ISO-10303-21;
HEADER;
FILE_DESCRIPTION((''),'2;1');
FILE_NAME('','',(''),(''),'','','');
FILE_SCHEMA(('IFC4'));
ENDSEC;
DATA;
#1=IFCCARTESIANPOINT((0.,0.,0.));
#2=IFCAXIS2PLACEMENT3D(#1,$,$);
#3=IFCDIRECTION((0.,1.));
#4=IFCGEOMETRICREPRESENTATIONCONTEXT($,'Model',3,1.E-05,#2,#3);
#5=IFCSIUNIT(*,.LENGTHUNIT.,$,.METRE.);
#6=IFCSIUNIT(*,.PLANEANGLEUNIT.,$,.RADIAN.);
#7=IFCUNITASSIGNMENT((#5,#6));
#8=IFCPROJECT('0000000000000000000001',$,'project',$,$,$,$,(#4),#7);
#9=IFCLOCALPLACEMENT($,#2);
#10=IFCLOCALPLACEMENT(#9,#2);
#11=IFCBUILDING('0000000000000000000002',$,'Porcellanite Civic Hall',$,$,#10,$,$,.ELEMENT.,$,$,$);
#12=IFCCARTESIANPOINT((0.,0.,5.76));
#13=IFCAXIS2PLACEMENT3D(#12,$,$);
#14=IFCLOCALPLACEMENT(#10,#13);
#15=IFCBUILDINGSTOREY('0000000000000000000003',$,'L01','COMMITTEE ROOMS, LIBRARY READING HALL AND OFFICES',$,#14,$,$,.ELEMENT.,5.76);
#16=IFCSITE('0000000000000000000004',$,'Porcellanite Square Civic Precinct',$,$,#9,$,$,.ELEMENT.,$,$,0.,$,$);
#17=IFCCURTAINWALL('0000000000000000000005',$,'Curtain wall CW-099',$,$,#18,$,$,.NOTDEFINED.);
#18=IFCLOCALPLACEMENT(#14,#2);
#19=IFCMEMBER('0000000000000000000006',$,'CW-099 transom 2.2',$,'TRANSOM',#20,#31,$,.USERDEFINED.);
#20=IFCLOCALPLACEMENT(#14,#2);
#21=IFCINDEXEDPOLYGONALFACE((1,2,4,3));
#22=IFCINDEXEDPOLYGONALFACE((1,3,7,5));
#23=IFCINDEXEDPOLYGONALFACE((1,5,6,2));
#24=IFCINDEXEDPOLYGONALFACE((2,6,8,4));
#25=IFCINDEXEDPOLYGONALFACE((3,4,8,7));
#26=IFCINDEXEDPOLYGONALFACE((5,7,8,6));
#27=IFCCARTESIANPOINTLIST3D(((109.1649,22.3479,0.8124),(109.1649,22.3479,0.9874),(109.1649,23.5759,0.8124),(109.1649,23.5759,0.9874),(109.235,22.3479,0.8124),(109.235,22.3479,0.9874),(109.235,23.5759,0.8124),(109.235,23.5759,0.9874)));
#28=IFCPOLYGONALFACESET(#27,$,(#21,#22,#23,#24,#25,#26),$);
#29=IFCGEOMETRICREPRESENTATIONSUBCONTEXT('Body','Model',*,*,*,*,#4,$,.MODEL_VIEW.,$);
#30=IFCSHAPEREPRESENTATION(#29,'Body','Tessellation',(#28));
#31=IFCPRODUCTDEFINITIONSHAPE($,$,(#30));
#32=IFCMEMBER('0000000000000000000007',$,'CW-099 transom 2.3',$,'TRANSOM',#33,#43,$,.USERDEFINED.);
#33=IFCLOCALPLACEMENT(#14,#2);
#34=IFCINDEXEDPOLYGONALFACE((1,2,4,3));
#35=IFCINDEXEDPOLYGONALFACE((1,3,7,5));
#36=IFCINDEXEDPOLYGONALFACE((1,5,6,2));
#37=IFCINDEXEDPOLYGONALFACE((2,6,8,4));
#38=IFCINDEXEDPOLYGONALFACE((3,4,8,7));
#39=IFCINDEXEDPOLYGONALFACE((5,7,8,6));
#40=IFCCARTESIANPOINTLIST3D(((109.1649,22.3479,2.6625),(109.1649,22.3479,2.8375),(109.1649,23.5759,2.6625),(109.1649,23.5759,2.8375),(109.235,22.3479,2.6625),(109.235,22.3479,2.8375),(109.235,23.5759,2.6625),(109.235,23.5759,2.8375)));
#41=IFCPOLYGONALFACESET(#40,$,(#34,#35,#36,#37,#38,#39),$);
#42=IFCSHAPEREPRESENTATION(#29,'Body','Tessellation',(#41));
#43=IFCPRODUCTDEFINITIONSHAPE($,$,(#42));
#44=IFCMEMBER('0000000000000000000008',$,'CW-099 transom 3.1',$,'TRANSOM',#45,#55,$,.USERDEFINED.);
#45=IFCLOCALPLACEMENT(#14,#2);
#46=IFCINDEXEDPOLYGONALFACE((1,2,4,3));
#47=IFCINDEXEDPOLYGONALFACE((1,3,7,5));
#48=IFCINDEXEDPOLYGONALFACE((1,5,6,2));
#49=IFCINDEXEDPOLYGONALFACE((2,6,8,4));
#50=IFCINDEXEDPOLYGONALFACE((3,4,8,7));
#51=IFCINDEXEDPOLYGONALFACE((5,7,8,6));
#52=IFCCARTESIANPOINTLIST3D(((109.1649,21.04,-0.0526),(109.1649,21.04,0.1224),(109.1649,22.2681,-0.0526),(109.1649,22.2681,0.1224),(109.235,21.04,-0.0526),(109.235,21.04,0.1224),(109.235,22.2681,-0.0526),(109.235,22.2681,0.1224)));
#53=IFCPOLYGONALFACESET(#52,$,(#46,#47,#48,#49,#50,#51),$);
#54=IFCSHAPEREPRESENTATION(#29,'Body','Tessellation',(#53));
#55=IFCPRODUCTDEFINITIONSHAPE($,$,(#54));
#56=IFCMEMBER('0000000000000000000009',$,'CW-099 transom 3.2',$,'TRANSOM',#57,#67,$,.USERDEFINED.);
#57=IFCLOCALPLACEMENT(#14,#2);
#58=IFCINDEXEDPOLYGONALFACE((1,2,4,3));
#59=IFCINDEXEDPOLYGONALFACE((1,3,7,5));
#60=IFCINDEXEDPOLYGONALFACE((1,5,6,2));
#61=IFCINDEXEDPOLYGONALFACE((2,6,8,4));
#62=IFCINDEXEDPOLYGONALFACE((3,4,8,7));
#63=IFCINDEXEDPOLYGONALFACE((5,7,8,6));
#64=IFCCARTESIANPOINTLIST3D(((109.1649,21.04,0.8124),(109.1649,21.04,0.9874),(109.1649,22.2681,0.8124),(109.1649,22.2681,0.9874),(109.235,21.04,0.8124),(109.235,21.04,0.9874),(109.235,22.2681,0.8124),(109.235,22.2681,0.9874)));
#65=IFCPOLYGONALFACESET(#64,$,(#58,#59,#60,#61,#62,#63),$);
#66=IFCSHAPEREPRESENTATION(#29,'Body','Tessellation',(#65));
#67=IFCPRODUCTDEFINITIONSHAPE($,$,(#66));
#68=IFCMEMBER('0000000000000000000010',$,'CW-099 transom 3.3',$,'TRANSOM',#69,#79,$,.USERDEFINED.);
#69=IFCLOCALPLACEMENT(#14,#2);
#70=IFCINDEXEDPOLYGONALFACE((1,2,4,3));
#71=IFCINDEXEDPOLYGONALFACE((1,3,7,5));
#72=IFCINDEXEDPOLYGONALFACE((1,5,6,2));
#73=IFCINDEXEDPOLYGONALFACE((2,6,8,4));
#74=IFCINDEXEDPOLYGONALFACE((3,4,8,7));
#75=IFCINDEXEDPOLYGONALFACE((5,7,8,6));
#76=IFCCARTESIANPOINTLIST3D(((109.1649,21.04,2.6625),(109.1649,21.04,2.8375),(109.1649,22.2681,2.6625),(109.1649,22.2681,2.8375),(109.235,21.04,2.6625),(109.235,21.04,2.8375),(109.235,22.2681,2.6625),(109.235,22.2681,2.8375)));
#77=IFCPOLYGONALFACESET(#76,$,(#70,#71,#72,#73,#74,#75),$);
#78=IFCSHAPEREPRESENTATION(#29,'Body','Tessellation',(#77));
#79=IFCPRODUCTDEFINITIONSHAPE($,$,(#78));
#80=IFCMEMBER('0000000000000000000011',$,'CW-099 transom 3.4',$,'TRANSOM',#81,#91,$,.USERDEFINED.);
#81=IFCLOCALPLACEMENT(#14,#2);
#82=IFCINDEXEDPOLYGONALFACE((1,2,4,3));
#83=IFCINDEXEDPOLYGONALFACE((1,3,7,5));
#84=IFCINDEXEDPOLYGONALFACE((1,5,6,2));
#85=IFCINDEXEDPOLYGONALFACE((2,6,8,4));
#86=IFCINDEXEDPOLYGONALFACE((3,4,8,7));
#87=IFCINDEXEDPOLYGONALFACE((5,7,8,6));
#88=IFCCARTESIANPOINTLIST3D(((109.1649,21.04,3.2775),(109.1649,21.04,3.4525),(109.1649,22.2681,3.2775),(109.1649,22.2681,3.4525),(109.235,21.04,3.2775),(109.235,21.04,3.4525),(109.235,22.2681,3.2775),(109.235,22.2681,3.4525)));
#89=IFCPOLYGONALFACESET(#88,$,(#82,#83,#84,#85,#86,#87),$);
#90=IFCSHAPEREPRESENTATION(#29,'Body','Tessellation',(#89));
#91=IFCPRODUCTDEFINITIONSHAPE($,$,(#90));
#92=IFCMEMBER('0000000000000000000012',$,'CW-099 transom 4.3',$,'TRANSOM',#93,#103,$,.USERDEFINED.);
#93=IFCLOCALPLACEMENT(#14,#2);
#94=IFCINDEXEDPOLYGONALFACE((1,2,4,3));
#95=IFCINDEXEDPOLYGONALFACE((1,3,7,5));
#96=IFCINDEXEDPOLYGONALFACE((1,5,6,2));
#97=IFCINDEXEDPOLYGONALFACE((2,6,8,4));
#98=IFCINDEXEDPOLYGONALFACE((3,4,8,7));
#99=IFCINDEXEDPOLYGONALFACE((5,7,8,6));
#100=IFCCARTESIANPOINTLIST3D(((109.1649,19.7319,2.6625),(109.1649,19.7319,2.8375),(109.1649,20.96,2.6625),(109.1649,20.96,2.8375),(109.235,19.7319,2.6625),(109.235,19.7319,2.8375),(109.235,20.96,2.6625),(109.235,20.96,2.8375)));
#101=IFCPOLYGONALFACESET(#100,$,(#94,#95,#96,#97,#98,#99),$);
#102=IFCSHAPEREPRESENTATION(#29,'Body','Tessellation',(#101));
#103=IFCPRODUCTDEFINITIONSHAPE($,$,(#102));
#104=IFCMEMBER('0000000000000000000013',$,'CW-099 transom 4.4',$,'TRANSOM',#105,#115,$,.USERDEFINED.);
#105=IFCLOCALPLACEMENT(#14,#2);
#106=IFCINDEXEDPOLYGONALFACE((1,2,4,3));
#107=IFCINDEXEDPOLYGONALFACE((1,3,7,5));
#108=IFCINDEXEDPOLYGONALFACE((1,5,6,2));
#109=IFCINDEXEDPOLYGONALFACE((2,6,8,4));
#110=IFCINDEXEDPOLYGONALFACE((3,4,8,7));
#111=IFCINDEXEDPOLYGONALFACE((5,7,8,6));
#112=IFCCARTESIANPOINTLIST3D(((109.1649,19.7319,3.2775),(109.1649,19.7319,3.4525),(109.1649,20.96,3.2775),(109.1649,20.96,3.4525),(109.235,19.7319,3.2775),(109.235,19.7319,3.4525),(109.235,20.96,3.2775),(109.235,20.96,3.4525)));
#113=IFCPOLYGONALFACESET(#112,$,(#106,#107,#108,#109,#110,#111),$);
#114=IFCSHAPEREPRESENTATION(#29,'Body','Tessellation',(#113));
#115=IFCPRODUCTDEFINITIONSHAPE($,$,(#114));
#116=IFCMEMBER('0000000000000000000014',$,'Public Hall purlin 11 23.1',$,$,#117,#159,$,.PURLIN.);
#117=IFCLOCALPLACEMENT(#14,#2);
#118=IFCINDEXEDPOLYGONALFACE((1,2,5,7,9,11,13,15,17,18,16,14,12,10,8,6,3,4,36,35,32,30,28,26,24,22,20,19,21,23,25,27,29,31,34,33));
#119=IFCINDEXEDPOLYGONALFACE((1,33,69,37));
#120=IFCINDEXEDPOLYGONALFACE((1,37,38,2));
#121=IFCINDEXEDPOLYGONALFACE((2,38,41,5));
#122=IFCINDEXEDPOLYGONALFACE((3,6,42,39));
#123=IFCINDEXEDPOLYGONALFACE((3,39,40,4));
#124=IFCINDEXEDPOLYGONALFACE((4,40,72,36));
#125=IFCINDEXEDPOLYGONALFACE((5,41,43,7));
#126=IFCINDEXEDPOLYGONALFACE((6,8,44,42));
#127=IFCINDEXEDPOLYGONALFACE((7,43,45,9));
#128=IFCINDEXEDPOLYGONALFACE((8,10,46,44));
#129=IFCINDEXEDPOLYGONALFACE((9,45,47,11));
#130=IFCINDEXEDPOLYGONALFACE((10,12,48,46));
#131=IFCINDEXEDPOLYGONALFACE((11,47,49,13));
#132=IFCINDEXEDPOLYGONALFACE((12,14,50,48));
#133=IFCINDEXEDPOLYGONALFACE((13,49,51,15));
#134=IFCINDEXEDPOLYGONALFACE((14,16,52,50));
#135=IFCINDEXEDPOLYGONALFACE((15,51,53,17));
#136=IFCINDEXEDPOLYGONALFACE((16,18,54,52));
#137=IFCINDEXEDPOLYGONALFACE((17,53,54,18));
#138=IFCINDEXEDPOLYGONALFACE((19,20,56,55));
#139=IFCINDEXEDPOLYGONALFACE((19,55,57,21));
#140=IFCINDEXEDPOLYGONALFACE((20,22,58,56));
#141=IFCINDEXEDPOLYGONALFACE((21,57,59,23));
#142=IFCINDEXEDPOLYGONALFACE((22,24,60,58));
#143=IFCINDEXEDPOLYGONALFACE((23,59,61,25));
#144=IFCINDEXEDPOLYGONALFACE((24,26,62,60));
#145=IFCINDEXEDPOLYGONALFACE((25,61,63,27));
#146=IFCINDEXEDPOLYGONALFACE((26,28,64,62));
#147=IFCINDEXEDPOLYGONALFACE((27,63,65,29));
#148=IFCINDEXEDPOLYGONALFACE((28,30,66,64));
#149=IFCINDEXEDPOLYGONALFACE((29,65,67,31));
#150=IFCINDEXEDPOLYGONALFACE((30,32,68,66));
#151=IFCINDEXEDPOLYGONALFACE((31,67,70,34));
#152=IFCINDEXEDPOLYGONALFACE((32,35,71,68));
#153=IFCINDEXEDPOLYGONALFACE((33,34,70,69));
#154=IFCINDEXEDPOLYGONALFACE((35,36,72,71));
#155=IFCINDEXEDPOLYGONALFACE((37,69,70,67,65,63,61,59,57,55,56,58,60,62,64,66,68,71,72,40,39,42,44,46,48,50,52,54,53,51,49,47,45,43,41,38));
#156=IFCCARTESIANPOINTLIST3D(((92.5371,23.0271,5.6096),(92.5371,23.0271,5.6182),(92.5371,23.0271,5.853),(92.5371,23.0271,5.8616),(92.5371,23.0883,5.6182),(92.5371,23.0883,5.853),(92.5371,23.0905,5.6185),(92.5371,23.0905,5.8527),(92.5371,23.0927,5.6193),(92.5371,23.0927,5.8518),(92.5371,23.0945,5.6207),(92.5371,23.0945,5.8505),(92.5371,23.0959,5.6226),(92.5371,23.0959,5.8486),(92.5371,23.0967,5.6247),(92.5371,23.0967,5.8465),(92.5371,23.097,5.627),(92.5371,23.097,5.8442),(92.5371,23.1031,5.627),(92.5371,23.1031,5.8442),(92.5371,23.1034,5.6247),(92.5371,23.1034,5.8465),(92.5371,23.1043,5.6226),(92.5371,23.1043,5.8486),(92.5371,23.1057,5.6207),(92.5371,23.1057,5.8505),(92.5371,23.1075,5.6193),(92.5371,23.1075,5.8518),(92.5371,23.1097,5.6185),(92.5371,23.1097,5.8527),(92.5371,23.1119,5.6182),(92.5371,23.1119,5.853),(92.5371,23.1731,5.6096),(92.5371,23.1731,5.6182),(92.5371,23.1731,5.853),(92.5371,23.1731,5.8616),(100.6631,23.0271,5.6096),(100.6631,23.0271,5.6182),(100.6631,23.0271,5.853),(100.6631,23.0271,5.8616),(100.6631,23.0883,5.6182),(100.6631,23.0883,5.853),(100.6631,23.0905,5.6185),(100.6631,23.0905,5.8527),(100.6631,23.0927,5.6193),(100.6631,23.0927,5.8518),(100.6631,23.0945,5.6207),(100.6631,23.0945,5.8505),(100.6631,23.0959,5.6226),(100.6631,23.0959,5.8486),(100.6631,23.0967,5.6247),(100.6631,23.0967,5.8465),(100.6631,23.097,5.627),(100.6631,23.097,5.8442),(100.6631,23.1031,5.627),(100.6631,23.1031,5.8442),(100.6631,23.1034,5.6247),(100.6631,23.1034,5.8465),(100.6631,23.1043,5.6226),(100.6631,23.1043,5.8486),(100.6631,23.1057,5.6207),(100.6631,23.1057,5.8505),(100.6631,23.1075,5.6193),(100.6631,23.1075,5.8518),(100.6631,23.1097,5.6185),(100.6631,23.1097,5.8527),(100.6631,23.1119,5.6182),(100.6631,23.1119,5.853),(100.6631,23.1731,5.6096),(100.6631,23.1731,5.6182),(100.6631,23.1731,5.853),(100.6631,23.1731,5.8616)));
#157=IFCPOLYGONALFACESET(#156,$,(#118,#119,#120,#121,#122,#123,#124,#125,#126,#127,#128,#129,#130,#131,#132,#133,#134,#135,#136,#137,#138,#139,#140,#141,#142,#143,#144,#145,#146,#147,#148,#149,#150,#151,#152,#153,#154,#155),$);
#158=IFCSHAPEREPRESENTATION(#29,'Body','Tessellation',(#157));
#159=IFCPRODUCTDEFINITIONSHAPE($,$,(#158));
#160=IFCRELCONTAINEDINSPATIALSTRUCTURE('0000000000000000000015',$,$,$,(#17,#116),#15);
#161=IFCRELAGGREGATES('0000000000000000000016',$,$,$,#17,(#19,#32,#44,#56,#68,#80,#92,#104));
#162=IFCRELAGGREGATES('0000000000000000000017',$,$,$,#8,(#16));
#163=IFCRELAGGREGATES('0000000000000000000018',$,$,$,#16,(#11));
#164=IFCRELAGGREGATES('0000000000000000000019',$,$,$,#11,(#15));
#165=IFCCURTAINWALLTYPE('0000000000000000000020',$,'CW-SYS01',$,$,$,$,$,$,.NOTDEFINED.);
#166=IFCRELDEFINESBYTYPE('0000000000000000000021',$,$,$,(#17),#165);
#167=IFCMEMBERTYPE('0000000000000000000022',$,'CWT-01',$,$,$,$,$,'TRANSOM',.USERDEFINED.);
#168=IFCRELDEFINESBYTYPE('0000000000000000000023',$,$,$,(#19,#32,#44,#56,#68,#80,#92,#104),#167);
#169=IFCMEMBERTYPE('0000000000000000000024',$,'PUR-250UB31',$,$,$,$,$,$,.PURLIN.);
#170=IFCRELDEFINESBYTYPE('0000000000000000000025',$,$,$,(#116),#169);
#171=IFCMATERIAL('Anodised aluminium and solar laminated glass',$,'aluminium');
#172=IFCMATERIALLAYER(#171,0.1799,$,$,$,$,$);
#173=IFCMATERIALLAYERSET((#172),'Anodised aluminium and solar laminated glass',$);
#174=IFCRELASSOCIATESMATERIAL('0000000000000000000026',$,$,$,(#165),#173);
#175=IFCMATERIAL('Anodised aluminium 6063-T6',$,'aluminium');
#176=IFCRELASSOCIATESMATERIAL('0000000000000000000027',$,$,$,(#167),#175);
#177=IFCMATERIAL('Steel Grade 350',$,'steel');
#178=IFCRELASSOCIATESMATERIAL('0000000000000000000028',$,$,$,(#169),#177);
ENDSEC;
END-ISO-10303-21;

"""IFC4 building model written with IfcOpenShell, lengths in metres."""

from ifc_helpers import new_model, si_unit, direction, frame, origin, origin_2d, place, context, subcontext, project, spatial, rectangle, i_section, extrude, material, layer, layer_set, material_profile, profile_set, type_object, element, aggregate, save


model = new_model("IFC4")

# Units and contexts
model_context = context("Model", 3, precision=1e-05, world=origin(), true_north=direction((0.0, 1.0)))
body_context = subcontext(model_context, "Body", "Model", "MODEL_VIEW")
ifc_project = project(units=[si_unit("LENGTHUNIT", "METRE"), si_unit("PLANEANGLEUNIT", "RADIAN")], contexts=[model_context])

# Site, building, storey
site_placement = place(None, origin())
site = spatial("IfcSite", under=ifc_project, at=site_placement, Name="Porcellanite Square Civic Precinct", CompositionType="ELEMENT", RefElevation=0.0)
building_placement = place(site_placement, origin())
building = spatial("IfcBuilding", under=site, at=building_placement, Name="Porcellanite Civic Hall", CompositionType="ELEMENT")
storey_placement = place(building_placement, frame((0.0, 0.0, 5.76)))
storey = spatial("IfcBuildingStorey", under=building, at=storey_placement, Name="L01", Description="COMMITTEE ROOMS, LIBRARY READING HALL AND OFFICES", CompositionType="ELEMENT", Elevation=5.76)

# Curtain wall, members
ifc_material_1 = material(Name="Anodised aluminium and solar laminated glass", Category="aluminium")
ifc_layer_1 = layer(ifc_material_1, 0.1799)
ifc_layer_set_1 = layer_set([ifc_layer_1], Name="Anodised aluminium and solar laminated glass")
curtain_wall_type = type_object("IfcCurtainWallType", Name="CW-SYS01", PredefinedType="NOTDEFINED", material=ifc_layer_set_1)
curtain_wall_placement = place(storey_placement, origin())
curtain_wall = element("IfcCurtainWall", 1, at=curtain_wall_placement, inside=storey, type_object=curtain_wall_type, Name="Curtain wall CW-099", PredefinedType="NOTDEFINED")
ifc_material_2 = material(Name="Anodised aluminium 6063-T6", Category="aluminium")
ifc_material_profile_1 = material_profile(ifc_material_2, rectangle(XDim=0.0701, YDim=0.175, at=origin_2d()), Name="AL-70x175")
ifc_profile_set_1 = profile_set([ifc_material_profile_1], Name="Anodised aluminium 6063-T6")
member_type_1 = type_object("IfcMemberType", Name="CWT-01", ElementType="TRANSOM", PredefinedType="USERDEFINED", material=ifc_profile_set_1)
member_1_placement = place(storey_placement, frame((109.2, 23.5759, 0.8999), z_axis=(0.0, -1.0, 0.0), x_axis=(1.0, 0.0, 0.0)))
member_1 = element("IfcMember", 2, at=member_1_placement, type_object=member_type_1, Name="CW-099 transom 2.2", ObjectType="TRANSOM", PredefinedType="USERDEFINED", context=body_context, shape_type="SweptSolid", body=[
    extrude(rectangle(XDim=0.0701, YDim=0.175, at=origin_2d()), origin(), (0.0, 0.0, 1.0), 1.228),
])
member_2_placement = place(storey_placement, frame((109.2, 23.5759, 2.75), z_axis=(0.0, -1.0, 0.0), x_axis=(1.0, 0.0, 0.0)))
member_2 = element("IfcMember", 3, at=member_2_placement, type_object=member_type_1, Name="CW-099 transom 2.3", ObjectType="TRANSOM", PredefinedType="USERDEFINED", context=body_context, shape_type="SweptSolid", body=[
    extrude(rectangle(XDim=0.0701, YDim=0.175, at=origin_2d()), origin(), (0.0, 0.0, 1.0), 1.228),
])
member_3_placement = place(storey_placement, frame((109.2, 22.2681, 0.0349), z_axis=(0.0, -1.0, 0.0), x_axis=(1.0, 0.0, 0.0)))
member_3 = element("IfcMember", 4, at=member_3_placement, type_object=member_type_1, Name="CW-099 transom 3.1", ObjectType="TRANSOM", PredefinedType="USERDEFINED", context=body_context, shape_type="SweptSolid", body=[
    extrude(rectangle(XDim=0.0701, YDim=0.175, at=origin_2d()), origin(), (0.0, 0.0, 1.0), 1.228),
])
member_4_placement = place(storey_placement, frame((109.2, 22.2681, 0.8999), z_axis=(0.0, -1.0, 0.0), x_axis=(1.0, 0.0, 0.0)))
member_4 = element("IfcMember", 5, at=member_4_placement, type_object=member_type_1, Name="CW-099 transom 3.2", ObjectType="TRANSOM", PredefinedType="USERDEFINED", context=body_context, shape_type="SweptSolid", body=[
    extrude(rectangle(XDim=0.0701, YDim=0.175, at=origin_2d()), origin(), (0.0, 0.0, 1.0), 1.228),
])
member_5_placement = place(storey_placement, frame((109.2, 22.2681, 2.75), z_axis=(0.0, -1.0, 0.0), x_axis=(1.0, 0.0, 0.0)))
member_5 = element("IfcMember", 6, at=member_5_placement, type_object=member_type_1, Name="CW-099 transom 3.3", ObjectType="TRANSOM", PredefinedType="USERDEFINED", context=body_context, shape_type="SweptSolid", body=[
    extrude(rectangle(XDim=0.0701, YDim=0.175, at=origin_2d()), origin(), (0.0, 0.0, 1.0), 1.228),
])
member_6_placement = place(storey_placement, frame((109.2, 22.2681, 3.365), z_axis=(0.0, -1.0, 0.0), x_axis=(1.0, 0.0, 0.0)))
member_6 = element("IfcMember", 7, at=member_6_placement, type_object=member_type_1, Name="CW-099 transom 3.4", ObjectType="TRANSOM", PredefinedType="USERDEFINED", context=body_context, shape_type="SweptSolid", body=[
    extrude(rectangle(XDim=0.0701, YDim=0.175, at=origin_2d()), origin(), (0.0, 0.0, 1.0), 1.228),
])
member_7_placement = place(storey_placement, frame((109.2, 20.96, 2.75), z_axis=(0.0, -1.0, 0.0), x_axis=(1.0, 0.0, 0.0)))
member_7 = element("IfcMember", 8, at=member_7_placement, type_object=member_type_1, Name="CW-099 transom 4.3", ObjectType="TRANSOM", PredefinedType="USERDEFINED", context=body_context, shape_type="SweptSolid", body=[
    extrude(rectangle(XDim=0.0701, YDim=0.175, at=origin_2d()), origin(), (0.0, 0.0, 1.0), 1.228),
])
member_8_placement = place(storey_placement, frame((109.2, 20.96, 3.365), z_axis=(0.0, -1.0, 0.0), x_axis=(1.0, 0.0, 0.0)))
member_8 = element("IfcMember", 9, at=member_8_placement, type_object=member_type_1, Name="CW-099 transom 4.4", ObjectType="TRANSOM", PredefinedType="USERDEFINED", context=body_context, shape_type="SweptSolid", body=[
    extrude(rectangle(XDim=0.0701, YDim=0.175, at=origin_2d()), origin(), (0.0, 0.0, 1.0), 1.228),
])

# Member
ifc_material_3 = material(Name="Steel Grade 350", Category="steel")
ifc_material_profile_2 = material_profile(ifc_material_3, i_section(OverallWidth=0.146, OverallDepth=0.252, WebThickness=0.0061, FlangeThickness=0.0085, FilletRadius=0.0088, at=origin_2d()), Name="250UB31.4")
ifc_profile_set_2 = profile_set([ifc_material_profile_2], Name="Steel Grade 350")
member_type_2 = type_object("IfcMemberType", Name="PUR-250UB31", PredefinedType="PURLIN", material=ifc_profile_set_2)
for number, where, z_axis, x_axis, name in (
    (10, (92.5371, 23.1001, 5.7356), (1.0, 0.0, 0.0), (0.0, 1.0, 0.0), "Public Hall purlin 11 23.1"),
):
    element("IfcMember", number, at=place(storey_placement, frame(where, z_axis=z_axis, x_axis=x_axis)), inside=storey, type_object=member_type_2, Name=name, PredefinedType="PURLIN", context=body_context, shape_type="SweptSolid", body=[
        extrude(i_section(OverallWidth=0.146, OverallDepth=0.252, WebThickness=0.0061, FlangeThickness=0.0085, FilletRadius=0.0088, at=origin_2d()), origin(), (0.0, 0.0, 1.0), 8.126),
    ])

aggregate(curtain_wall, [member_1, member_2, member_3, member_4, member_5, member_6, member_7, member_8])

save(model, "model.ifc")
